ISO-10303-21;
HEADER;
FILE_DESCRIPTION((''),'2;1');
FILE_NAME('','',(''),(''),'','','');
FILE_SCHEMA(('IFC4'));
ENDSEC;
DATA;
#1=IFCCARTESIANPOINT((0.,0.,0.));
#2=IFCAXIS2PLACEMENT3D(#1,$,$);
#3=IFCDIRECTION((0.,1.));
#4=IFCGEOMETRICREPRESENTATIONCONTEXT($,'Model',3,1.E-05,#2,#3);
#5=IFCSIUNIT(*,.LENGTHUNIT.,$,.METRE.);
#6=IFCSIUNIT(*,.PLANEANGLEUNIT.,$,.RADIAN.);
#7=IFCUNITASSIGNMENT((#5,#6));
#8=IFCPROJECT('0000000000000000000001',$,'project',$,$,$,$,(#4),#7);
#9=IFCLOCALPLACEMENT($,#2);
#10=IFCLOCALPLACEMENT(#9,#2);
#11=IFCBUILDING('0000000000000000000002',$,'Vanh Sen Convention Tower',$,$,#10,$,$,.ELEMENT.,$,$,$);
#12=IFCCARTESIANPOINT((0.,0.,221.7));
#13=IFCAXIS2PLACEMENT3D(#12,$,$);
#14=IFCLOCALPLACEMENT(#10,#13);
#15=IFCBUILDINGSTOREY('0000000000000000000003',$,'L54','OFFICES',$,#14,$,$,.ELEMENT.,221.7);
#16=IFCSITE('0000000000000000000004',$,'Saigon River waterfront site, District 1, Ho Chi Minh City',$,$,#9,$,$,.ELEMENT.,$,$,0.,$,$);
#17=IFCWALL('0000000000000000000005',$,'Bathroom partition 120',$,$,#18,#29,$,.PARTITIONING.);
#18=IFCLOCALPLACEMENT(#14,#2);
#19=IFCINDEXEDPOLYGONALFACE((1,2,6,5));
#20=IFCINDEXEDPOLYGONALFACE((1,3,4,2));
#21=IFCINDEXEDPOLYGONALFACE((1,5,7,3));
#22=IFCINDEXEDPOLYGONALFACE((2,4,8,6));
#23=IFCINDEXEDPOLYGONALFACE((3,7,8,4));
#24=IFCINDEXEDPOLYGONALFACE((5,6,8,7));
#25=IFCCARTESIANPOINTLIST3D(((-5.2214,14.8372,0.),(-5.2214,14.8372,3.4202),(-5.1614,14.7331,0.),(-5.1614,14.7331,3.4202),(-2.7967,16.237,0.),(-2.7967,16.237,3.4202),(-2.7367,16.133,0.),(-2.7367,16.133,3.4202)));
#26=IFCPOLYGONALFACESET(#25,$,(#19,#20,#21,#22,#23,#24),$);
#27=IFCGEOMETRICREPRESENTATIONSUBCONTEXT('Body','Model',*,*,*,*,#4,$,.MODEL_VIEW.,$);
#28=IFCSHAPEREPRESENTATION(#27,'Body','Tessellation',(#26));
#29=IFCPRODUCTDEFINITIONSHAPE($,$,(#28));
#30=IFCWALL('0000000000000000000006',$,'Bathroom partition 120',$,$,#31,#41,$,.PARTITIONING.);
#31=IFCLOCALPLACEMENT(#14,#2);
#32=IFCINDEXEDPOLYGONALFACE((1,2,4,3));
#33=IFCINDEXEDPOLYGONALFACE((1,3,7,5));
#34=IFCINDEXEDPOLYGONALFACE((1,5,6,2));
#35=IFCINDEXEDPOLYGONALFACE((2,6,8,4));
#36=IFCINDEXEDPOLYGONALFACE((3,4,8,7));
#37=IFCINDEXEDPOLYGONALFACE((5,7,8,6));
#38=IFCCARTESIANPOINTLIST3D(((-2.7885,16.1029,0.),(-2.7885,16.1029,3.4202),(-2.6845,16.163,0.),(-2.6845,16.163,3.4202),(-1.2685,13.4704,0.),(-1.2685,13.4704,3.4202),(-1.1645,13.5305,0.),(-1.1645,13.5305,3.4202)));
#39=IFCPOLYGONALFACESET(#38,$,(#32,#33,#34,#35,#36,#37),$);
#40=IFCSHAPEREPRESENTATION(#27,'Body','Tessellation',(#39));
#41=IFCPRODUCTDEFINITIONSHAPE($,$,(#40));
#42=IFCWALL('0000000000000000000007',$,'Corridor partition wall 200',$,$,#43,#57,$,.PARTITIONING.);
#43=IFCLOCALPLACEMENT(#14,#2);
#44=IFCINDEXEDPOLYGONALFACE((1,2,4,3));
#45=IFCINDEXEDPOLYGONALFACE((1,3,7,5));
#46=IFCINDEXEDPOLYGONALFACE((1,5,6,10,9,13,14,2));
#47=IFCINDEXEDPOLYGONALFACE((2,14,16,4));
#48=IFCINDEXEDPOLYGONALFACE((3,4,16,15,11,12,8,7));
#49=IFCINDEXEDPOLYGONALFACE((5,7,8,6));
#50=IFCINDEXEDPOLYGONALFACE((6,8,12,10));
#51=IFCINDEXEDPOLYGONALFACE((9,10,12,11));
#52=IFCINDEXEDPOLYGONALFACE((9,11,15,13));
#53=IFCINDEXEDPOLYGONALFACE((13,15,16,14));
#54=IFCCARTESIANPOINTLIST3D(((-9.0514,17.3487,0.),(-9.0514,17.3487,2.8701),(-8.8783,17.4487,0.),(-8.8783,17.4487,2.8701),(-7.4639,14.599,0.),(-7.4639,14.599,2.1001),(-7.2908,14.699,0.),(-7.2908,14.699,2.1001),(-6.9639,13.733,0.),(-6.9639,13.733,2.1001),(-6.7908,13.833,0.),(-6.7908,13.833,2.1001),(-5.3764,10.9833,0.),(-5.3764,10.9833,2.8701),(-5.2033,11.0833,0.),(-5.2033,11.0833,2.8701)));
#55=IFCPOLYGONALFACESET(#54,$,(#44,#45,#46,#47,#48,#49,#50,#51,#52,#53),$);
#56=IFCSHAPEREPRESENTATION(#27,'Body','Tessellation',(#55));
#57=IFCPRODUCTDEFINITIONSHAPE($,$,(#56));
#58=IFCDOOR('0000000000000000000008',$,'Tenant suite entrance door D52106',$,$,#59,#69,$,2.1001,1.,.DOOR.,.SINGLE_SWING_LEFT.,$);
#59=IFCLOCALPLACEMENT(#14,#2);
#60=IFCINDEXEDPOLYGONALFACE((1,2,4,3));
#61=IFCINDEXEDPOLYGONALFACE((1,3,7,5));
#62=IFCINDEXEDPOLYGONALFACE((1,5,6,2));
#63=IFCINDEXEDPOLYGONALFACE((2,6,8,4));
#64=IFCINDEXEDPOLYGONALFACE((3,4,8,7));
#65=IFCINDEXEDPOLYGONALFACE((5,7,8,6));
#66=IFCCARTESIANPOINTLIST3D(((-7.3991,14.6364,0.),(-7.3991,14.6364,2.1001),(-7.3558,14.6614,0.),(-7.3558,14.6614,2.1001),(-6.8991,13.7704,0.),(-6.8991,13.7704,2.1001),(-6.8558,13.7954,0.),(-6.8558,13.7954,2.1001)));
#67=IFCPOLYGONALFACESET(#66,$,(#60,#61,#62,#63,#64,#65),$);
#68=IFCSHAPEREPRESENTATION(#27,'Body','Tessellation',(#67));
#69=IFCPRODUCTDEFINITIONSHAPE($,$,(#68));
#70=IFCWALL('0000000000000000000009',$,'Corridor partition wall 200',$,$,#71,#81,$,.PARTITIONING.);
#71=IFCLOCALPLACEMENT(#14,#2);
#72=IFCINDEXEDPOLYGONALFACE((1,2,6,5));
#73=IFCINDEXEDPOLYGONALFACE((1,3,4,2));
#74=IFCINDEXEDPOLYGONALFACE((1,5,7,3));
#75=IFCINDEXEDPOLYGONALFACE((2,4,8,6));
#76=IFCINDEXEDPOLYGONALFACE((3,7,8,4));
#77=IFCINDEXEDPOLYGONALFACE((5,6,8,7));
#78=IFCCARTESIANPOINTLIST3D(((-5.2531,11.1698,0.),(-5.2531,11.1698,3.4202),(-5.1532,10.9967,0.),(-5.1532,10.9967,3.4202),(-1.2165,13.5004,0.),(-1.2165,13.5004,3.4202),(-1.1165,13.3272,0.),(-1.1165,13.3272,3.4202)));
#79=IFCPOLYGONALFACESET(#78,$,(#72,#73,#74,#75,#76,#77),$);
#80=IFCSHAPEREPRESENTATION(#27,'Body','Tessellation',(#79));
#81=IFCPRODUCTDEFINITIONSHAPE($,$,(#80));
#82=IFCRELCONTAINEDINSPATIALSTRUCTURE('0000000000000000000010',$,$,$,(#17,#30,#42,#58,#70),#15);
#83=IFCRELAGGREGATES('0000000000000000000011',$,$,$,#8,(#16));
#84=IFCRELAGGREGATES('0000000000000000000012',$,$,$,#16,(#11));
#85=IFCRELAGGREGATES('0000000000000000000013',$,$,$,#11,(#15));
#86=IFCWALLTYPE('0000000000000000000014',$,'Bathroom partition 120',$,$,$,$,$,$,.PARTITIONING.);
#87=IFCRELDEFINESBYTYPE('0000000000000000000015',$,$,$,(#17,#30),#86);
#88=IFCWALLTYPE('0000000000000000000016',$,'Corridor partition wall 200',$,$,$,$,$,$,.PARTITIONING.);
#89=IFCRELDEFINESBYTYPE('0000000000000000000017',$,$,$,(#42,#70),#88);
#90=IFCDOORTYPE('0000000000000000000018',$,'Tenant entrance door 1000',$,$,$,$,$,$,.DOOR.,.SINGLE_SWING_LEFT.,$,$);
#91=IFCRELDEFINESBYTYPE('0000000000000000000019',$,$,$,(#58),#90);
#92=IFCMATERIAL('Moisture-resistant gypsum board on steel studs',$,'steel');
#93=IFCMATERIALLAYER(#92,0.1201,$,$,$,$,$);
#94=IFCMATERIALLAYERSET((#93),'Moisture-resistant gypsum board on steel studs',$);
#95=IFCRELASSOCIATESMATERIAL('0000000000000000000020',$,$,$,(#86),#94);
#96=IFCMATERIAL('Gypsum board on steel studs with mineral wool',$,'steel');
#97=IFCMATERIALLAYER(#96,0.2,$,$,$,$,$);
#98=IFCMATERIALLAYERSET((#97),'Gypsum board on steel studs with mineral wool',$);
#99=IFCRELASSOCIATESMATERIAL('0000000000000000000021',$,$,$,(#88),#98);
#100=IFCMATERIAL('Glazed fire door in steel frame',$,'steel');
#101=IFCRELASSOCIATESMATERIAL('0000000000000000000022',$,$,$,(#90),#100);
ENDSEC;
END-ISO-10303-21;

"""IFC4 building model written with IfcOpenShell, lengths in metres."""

from ifc_helpers import new_model, si_unit, direction, frame, frame_2d, origin, place, context, subcontext, project, spatial, rectangle, extrude, material, layer, layer_set, type_object, element, fill, save


model = new_model("IFC4")

# Units and contexts
model_context = context("Model", 3, precision=1e-05, world=origin(), true_north=direction((0.0, 1.0)))
body_context = subcontext(model_context, "Body", "Model", "MODEL_VIEW")
ifc_project = project(units=[si_unit("LENGTHUNIT", "METRE"), si_unit("PLANEANGLEUNIT", "RADIAN")], contexts=[model_context])

# Site, building, storey
site_placement = place(None, origin())
site = spatial("IfcSite", under=ifc_project, at=site_placement, Name="Saigon River waterfront site, District 1, Ho Chi Minh City", CompositionType="ELEMENT", RefElevation=0.0)
building_placement = place(site_placement, origin())
building = spatial("IfcBuilding", under=site, at=building_placement, Name="Vanh Sen Convention Tower", CompositionType="ELEMENT")
storey_placement = place(building_placement, frame((0.0, 0.0, 221.7)))
storey = spatial("IfcBuildingStorey", under=building, at=storey_placement, Name="L54", Description="OFFICES", CompositionType="ELEMENT", Elevation=221.7)

# Walls
ifc_material_1 = material(Name="Moisture-resistant gypsum board on steel studs", Category="steel")
ifc_layer_1 = layer(ifc_material_1, 0.1201)
ifc_layer_set_1 = layer_set([ifc_layer_1], Name="Moisture-resistant gypsum board on steel studs")
wall_type_1 = type_object("IfcWallType", Name="Bathroom partition 120", PredefinedType="PARTITIONING", material=ifc_layer_set_1)
wall_1_placement = place(storey_placement, frame((-5.1914, 14.7852, 0.0), z_axis=(0.0, 0.0, 1.0), x_axis=(0.866035, 0.499984, 0.0)))
element("IfcWall", 1, at=wall_1_placement, inside=storey, type_object=wall_type_1, Name="Bathroom partition 120", PredefinedType="PARTITIONING", context=body_context, shape_type="SweptSolid", body=[
    extrude(rectangle(XDim=2.7998, YDim=0.1201, at=frame_2d((1.3999, 0.0))), origin(), (0.0, 0.0, 1.0), 3.4202),
])
wall_2_placement = place(storey_placement, frame((-2.7366, 16.1331, 0.0), z_axis=(0.0, 0.0, 1.0), x_axis=(0.500026, -0.86601, 0.0)))
element("IfcWall", 2, at=wall_2_placement, inside=storey, type_object=wall_type_1, Name="Bathroom partition 120", PredefinedType="PARTITIONING", context=body_context, shape_type="SweptSolid", body=[
    extrude(rectangle(XDim=3.0398, YDim=0.1201, at=frame_2d((1.52, 0.0))), origin(), (0.0, 0.0, 1.0), 3.4202),
])

# Wall, opening, door
ifc_material_2 = material(Name="Gypsum board on steel studs with mineral wool", Category="steel")
ifc_layer_2 = layer(ifc_material_2, 0.2)
ifc_layer_set_2 = layer_set([ifc_layer_2], Name="Gypsum board on steel studs with mineral wool")
wall_type_2 = type_object("IfcWallType", Name="Corridor partition wall 200", PredefinedType="PARTITIONING", material=ifc_layer_set_2)
wall_3_placement = place(storey_placement, frame((-8.9648, 17.3987, 0.0), z_axis=(0.0, 0.0, 1.0), x_axis=(0.499994, -0.866029, 0.0)))
wall_3 = element("IfcWall", 3, at=wall_3_placement, inside=storey, type_object=wall_type_2, Name="Corridor partition wall 200", PredefinedType="PARTITIONING", context=body_context, shape_type="SweptSolid", body=[
    extrude(rectangle(XDim=7.3501, YDim=0.2, at=frame_2d((3.675, 0.0))), origin(), (0.0, 0.0, 1.0), 2.8701),
])
opening_1_placement = place(wall_3_placement, frame((3.175, 0.0, 0.0)))
opening_1 = element("IfcOpeningElement", 4, at=opening_1_placement, cuts=wall_3, PredefinedType="OPENING", context=body_context, shape_type="SweptSolid", body=[
    extrude(rectangle(XDim=1.0, YDim=2.1001, at=frame_2d((0.5, 1.05))), frame((0.0, 0.1099, 0.0), z_axis=(0.0, -1.0, 0.0), x_axis=(1.0, 0.0, 0.0)), (0.0, 0.0, 1.0), 0.22),
])
ifc_material_3 = material(Name="Glazed fire door in steel frame", Category="steel")
door_type = type_object("IfcDoorType", Name="Tenant entrance door 1000", OperationType="SINGLE_SWING_LEFT", PredefinedType="DOOR", material=ifc_material_3)
door_placement = place(opening_1_placement, origin())
door = element("IfcDoor", 5, at=door_placement, inside=storey, type_object=door_type, Name="Tenant suite entrance door D52106", OperationType="SINGLE_SWING_LEFT", OverallHeight=2.1001, OverallWidth=1.0, PredefinedType="DOOR", context=body_context, shape_type="SweptSolid", body=[
    extrude(rectangle(XDim=1.0, YDim=2.1001, at=frame_2d((0.5, 1.05))), frame((0.0, 0.0249, 0.0), z_axis=(0.0, -1.0, 0.0), x_axis=(1.0, 0.0, 0.0)), (0.0, 0.0, 1.0), 0.05),
])
fill(opening_1, door)

# Wall
wall_4_placement = place(storey_placement, frame((-1.1665, 13.4138, 0.0), z_axis=(0.0, 0.0, 1.0), x_axis=(-0.866023, -0.500004, 0.0)))
element("IfcWall", 6, at=wall_4_placement, inside=storey, type_object=wall_type_2, Name="Corridor partition wall 200", PredefinedType="PARTITIONING", context=body_context, shape_type="SweptSolid", body=[
    extrude(rectangle(XDim=4.6611, YDim=0.2, at=frame_2d((2.3306, 0.0))), origin(), (0.0, 0.0, 1.0), 3.4202),
])

save(model, "model.ifc")
